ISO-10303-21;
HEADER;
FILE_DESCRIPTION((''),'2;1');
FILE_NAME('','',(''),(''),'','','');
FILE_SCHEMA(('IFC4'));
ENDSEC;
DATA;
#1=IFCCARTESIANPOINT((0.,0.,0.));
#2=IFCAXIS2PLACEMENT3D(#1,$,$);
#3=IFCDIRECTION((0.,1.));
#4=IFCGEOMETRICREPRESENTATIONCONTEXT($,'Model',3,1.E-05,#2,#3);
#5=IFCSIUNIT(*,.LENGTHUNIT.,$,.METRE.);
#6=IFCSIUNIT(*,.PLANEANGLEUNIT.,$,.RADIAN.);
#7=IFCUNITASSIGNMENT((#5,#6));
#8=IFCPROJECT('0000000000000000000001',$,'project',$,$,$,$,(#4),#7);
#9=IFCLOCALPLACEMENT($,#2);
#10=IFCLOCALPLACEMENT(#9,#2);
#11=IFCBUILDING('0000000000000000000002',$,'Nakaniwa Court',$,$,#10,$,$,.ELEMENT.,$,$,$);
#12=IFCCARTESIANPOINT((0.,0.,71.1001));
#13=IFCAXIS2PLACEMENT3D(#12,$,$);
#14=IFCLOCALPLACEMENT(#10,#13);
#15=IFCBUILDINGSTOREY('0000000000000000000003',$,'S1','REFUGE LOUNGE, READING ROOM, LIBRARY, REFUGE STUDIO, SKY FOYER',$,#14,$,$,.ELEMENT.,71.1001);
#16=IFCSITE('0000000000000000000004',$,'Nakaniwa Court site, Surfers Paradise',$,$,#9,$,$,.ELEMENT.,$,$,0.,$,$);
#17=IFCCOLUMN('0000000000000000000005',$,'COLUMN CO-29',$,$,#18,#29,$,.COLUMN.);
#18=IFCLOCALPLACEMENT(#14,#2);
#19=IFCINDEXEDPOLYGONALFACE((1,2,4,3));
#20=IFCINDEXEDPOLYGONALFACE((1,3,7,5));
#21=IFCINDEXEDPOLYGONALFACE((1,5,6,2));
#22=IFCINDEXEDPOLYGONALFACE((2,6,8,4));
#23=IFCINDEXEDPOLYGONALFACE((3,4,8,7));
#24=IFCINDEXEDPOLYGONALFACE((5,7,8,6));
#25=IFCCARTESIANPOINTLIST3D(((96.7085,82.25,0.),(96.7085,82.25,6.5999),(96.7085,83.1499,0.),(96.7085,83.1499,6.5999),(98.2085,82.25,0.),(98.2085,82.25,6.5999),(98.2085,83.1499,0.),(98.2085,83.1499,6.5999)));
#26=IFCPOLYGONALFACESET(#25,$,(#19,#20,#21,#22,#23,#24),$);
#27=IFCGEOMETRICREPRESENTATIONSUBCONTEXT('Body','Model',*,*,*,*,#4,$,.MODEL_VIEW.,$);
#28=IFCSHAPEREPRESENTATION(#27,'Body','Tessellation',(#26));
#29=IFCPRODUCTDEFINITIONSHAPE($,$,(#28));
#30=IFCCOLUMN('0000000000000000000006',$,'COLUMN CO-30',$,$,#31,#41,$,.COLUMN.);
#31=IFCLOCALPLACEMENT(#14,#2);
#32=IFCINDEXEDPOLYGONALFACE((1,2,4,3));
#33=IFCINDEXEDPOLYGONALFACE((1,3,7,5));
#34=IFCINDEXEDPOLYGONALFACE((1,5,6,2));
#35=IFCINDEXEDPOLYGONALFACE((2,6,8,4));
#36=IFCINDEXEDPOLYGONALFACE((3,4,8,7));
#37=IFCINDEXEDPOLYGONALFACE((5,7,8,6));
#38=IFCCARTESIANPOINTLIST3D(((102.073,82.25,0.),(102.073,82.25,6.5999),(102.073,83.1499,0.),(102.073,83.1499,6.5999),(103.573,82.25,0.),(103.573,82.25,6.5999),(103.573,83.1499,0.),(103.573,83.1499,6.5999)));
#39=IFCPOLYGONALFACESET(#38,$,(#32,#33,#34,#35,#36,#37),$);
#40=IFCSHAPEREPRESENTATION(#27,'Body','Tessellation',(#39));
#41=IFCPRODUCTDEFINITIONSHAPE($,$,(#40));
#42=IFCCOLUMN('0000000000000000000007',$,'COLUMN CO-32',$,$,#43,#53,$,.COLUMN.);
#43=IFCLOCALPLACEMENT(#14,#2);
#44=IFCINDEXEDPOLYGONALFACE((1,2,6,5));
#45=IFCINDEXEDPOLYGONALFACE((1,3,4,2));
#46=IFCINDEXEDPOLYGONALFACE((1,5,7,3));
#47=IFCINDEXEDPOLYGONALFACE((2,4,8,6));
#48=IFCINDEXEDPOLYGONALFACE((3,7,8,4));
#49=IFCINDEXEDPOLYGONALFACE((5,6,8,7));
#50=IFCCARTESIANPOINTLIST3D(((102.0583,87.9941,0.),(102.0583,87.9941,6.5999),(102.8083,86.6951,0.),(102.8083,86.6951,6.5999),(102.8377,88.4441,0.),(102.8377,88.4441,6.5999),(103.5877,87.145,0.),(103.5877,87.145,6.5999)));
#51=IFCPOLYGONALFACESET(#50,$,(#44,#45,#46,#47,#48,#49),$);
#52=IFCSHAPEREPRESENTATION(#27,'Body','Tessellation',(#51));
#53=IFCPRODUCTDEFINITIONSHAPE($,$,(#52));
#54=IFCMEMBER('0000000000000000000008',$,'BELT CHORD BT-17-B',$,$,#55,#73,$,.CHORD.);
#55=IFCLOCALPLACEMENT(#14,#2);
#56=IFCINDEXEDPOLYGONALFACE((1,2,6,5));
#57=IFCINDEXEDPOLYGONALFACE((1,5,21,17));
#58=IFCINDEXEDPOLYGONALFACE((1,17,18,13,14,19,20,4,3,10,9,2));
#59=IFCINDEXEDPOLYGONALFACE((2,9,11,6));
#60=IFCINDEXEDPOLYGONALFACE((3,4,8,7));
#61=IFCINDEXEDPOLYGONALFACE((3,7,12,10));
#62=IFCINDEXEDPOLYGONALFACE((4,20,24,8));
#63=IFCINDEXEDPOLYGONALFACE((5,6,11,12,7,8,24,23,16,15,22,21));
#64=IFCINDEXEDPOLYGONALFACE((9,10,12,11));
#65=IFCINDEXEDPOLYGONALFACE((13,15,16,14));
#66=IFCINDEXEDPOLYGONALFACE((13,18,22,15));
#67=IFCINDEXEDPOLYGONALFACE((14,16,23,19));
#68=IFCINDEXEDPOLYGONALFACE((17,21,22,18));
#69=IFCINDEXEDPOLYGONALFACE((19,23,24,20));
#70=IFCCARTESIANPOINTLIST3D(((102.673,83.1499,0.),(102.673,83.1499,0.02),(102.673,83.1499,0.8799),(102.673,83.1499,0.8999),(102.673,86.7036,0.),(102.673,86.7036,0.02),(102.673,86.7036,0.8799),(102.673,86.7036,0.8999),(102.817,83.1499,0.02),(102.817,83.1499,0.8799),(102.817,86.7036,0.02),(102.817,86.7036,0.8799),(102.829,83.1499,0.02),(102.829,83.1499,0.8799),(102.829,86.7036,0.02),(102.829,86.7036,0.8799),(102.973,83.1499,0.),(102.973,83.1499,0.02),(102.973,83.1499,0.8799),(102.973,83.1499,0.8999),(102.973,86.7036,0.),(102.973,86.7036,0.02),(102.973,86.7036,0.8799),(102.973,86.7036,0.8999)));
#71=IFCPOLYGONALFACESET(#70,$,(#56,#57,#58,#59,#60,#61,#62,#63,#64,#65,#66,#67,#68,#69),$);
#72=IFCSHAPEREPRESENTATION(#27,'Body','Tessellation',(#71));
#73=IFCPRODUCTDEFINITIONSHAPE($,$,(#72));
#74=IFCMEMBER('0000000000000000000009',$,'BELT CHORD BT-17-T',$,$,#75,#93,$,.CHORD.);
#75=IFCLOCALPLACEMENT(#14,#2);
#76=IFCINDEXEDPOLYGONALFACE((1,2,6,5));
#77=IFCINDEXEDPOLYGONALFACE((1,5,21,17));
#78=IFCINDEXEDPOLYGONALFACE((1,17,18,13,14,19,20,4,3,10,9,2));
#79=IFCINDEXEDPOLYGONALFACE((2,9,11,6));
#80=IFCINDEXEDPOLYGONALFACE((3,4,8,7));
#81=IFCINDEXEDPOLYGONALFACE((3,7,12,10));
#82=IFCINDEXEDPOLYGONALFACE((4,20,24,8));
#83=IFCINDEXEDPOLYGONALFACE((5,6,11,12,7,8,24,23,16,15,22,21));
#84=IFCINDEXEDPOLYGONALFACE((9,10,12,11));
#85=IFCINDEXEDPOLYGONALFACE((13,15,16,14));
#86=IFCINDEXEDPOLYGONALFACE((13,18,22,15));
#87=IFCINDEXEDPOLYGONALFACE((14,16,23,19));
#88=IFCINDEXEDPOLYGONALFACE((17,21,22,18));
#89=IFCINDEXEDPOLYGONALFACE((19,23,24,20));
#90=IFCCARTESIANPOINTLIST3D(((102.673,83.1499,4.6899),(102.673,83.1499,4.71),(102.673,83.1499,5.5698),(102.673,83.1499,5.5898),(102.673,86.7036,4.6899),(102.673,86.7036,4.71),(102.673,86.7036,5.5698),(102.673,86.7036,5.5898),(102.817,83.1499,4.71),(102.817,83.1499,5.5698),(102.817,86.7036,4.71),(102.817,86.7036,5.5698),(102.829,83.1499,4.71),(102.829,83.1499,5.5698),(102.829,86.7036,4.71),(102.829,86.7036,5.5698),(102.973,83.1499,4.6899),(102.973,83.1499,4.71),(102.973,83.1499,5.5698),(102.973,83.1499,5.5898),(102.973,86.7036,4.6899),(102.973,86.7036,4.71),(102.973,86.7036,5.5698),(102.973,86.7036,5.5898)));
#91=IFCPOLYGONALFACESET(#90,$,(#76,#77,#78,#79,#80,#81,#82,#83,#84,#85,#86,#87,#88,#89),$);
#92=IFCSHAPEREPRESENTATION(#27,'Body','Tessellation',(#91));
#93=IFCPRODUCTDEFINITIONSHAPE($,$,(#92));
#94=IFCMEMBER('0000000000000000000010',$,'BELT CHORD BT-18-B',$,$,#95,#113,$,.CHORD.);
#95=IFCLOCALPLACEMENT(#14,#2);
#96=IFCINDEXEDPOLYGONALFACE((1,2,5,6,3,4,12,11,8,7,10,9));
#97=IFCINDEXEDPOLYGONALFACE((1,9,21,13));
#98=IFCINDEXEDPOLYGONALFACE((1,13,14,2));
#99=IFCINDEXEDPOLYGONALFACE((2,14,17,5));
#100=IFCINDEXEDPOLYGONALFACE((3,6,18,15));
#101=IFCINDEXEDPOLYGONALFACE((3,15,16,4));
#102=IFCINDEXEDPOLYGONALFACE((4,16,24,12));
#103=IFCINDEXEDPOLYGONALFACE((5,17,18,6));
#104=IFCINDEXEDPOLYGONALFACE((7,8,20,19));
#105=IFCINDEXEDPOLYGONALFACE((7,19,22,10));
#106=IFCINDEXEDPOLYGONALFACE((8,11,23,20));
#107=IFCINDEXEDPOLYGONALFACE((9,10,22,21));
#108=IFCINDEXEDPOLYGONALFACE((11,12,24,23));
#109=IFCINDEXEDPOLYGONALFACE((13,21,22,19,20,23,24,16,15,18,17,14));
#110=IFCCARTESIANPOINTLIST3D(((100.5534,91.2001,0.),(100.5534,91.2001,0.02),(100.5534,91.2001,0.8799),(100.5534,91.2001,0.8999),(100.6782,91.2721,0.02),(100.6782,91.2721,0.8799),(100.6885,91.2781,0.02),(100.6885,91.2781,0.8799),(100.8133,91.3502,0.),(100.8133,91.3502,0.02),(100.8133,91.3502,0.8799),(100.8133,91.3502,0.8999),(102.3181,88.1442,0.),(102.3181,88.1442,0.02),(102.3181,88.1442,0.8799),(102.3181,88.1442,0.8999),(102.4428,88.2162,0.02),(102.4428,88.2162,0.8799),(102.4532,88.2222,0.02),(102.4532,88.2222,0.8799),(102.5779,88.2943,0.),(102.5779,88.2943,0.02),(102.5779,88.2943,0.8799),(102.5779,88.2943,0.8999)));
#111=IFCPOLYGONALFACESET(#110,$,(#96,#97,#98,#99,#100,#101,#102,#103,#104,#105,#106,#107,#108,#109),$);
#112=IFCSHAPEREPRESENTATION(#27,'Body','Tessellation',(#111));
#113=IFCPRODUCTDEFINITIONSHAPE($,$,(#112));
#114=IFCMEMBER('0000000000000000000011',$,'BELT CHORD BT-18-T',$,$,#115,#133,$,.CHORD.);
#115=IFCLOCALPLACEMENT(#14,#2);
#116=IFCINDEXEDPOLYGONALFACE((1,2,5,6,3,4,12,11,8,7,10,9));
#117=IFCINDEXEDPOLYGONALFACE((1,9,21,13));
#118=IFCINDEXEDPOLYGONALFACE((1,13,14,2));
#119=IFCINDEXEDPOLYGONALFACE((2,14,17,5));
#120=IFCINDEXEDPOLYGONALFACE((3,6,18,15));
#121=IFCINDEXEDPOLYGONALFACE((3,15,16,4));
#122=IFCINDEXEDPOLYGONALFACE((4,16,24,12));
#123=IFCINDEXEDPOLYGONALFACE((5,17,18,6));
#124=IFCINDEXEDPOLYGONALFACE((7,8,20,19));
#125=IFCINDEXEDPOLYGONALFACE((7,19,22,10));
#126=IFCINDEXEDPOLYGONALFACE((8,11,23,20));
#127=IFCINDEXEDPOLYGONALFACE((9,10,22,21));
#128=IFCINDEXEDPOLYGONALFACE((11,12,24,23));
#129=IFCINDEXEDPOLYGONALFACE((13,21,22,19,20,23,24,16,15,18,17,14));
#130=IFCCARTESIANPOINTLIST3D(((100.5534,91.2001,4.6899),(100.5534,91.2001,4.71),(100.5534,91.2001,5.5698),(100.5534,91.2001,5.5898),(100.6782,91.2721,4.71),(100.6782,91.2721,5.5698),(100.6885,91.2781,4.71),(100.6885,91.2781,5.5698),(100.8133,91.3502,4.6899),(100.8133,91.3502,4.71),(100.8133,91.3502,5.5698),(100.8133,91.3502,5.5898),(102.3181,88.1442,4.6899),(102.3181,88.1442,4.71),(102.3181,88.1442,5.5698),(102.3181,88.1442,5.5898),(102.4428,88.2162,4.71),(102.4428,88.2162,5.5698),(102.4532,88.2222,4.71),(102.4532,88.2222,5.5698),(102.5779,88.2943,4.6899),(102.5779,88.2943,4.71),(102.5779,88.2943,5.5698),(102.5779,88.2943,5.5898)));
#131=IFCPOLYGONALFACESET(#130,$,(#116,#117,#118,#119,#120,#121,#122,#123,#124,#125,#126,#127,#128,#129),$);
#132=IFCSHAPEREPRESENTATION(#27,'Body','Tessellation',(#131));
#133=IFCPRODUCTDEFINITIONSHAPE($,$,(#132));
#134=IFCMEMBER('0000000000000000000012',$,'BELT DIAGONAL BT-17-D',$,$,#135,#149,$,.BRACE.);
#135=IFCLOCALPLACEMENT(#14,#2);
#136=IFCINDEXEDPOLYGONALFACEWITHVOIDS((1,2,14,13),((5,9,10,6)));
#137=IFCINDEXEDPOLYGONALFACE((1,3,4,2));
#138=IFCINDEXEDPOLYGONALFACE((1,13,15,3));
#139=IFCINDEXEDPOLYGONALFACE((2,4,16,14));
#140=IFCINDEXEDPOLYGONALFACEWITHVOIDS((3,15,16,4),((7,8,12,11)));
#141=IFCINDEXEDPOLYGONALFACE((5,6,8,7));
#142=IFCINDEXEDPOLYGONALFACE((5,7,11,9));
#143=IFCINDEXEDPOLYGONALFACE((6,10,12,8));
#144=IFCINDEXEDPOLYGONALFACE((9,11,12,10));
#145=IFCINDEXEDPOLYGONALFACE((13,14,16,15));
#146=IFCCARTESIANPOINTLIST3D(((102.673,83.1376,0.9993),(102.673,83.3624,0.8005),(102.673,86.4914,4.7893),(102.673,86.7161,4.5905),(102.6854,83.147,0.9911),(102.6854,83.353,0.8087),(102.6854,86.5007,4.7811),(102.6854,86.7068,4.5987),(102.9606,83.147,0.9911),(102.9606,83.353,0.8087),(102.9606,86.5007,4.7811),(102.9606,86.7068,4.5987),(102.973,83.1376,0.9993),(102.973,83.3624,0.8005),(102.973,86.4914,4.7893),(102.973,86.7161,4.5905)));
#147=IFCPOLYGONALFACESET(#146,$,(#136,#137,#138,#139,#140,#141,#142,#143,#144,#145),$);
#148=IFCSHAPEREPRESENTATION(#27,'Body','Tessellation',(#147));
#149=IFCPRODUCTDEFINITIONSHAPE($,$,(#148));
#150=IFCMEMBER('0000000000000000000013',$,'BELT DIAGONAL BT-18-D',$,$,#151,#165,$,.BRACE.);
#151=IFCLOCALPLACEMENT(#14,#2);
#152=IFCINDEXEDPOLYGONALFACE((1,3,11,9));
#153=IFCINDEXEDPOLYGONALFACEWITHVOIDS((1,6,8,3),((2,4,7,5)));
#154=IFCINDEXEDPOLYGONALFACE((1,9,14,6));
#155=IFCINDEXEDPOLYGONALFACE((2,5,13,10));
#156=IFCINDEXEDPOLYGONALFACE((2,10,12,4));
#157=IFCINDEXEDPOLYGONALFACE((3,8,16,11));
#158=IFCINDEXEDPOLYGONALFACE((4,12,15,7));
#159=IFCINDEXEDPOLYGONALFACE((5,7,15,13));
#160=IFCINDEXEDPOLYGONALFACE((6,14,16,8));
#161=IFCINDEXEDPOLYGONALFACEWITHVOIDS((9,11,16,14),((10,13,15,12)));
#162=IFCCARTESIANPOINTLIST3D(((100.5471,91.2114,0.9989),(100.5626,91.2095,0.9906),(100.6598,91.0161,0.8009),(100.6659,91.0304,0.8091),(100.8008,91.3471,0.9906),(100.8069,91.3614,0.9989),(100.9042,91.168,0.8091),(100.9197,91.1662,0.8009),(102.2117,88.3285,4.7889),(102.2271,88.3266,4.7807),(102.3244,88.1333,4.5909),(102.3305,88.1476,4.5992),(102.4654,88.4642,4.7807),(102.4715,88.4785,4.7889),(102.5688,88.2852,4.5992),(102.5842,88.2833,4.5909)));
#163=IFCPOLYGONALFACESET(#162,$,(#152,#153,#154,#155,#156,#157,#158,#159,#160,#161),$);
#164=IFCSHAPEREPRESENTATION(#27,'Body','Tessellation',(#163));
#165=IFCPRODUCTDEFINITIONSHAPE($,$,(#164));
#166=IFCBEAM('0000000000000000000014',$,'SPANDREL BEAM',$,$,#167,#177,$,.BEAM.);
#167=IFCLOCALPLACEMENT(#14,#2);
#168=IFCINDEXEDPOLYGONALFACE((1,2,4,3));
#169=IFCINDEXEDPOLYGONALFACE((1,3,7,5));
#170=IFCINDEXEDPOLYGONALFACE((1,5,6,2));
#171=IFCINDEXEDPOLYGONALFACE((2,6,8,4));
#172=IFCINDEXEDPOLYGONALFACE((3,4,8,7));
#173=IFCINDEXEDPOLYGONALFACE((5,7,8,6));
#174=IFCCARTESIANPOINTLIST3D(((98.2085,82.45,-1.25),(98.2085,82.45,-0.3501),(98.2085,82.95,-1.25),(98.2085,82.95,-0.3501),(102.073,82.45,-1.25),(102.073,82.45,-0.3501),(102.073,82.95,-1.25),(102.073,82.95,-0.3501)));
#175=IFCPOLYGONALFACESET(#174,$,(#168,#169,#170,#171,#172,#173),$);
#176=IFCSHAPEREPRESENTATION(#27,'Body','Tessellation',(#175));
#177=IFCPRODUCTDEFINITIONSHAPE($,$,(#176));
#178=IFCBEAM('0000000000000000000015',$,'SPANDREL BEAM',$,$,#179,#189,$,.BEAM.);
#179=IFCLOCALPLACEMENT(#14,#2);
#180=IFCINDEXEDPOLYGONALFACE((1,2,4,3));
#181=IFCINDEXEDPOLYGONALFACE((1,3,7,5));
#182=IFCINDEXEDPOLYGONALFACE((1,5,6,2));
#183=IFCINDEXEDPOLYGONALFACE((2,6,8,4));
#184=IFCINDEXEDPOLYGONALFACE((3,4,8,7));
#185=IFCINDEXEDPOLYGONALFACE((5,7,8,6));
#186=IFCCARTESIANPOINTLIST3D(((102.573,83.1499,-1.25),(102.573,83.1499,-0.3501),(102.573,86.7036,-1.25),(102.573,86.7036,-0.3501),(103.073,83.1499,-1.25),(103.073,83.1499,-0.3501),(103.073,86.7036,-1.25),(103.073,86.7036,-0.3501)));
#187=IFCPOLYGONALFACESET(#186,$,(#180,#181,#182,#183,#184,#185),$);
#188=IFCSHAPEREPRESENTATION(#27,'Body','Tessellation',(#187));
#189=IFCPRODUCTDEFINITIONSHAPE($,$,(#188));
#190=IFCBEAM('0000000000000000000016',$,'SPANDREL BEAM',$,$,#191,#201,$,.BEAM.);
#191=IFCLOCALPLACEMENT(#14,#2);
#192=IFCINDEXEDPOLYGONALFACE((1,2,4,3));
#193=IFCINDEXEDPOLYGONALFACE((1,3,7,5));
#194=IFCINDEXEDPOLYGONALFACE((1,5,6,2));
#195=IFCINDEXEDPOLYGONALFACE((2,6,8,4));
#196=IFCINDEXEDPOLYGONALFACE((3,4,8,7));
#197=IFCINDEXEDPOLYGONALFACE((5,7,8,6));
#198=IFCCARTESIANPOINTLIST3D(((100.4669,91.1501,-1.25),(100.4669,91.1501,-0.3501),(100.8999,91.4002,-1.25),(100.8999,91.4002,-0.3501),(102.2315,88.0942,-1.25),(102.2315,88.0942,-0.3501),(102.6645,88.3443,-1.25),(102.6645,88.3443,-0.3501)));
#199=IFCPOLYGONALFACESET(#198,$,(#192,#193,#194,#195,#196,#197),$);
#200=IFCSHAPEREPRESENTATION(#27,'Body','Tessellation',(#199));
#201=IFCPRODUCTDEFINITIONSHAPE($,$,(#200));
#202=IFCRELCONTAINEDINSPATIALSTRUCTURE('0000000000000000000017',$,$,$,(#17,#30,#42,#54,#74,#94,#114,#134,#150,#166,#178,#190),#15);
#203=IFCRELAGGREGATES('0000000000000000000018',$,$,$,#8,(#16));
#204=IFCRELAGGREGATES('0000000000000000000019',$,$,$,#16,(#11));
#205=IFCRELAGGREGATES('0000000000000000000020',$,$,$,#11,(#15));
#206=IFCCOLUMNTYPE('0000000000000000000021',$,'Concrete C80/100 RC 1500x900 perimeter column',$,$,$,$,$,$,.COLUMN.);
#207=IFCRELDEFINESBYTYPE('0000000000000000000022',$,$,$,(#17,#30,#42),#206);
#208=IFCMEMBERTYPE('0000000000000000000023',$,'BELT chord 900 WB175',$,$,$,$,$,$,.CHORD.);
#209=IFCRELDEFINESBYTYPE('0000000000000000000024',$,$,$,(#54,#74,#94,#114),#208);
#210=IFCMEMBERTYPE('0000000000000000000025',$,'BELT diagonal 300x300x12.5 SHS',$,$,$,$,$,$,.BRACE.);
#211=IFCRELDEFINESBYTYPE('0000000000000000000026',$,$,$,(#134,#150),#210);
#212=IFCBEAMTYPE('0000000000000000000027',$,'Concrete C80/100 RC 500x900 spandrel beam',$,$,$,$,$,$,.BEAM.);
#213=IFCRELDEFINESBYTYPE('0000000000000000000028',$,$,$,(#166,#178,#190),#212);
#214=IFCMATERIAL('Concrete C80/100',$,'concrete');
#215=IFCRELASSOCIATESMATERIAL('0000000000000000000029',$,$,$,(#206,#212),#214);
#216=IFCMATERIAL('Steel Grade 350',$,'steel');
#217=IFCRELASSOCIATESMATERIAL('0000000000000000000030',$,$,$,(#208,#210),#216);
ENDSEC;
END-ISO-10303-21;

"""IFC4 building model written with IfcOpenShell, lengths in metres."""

from ifc_helpers import new_model, si_unit, direction, frame, origin, origin_2d, place, context, subcontext, project, spatial, rectangle, hollow_rectangle, i_section, extrude, material, material_profile, profile_set, type_object, element, save


model = new_model("IFC4")

# Units and contexts
model_context = context("Model", 3, precision=1e-05, world=origin(), true_north=direction((0.0, 1.0)))
body_context = subcontext(model_context, "Body", "Model", "MODEL_VIEW")
ifc_project = project(units=[si_unit("LENGTHUNIT", "METRE"), si_unit("PLANEANGLEUNIT", "RADIAN")], contexts=[model_context])

# Site, building, storey
site_placement = place(None, origin())
site = spatial("IfcSite", under=ifc_project, at=site_placement, Name="Nakaniwa Court site, Surfers Paradise", CompositionType="ELEMENT", RefElevation=0.0)
building_placement = place(site_placement, origin())
building = spatial("IfcBuilding", under=site, at=building_placement, Name="Nakaniwa Court", CompositionType="ELEMENT")
storey_placement = place(building_placement, frame((0.0, 0.0, 71.1001)))
storey = spatial("IfcBuildingStorey", under=building, at=storey_placement, Name="S1", Description="REFUGE LOUNGE, READING ROOM, LIBRARY, REFUGE STUDIO, SKY FOYER", CompositionType="ELEMENT", Elevation=71.1001)

# Columns
ifc_material_1 = material(Name="Concrete C80/100", Category="concrete")
ifc_material_profile_1 = material_profile(ifc_material_1, rectangle(XDim=1.5, YDim=0.8999, at=origin_2d()), Name="Concrete C80/100 RC 1500x900 perimeter column")
ifc_profile_set_1 = profile_set([ifc_material_profile_1], Name="Concrete C80/100")
column_type = type_object("IfcColumnType", Name="Concrete C80/100 RC 1500x900 perimeter column", PredefinedType="COLUMN", material=ifc_profile_set_1)
for number, where, z_axis, x_axis, name in (
    (1, (97.4585, 82.7, 0.0), (0.0, 0.0, 1.0), (1.0, 0.0, 0.0), "COLUMN CO-29"),
    (2, (102.823, 82.7, 0.0), (0.0, 0.0, 1.0), (1.0, 0.0, 0.0), "COLUMN CO-30"),
    (3, (102.823, 87.5696, 0.0), (0.0, 0.0, 1.0), (-0.5, 0.866025, 0.0), "COLUMN CO-32"),
):
    element("IfcColumn", number, at=place(storey_placement, frame(where, z_axis=z_axis, x_axis=x_axis)), inside=storey, type_object=column_type, Name=name, PredefinedType="COLUMN", context=body_context, shape_type="SweptSolid", body=[
        extrude(rectangle(XDim=1.5, YDim=0.8999, at=origin_2d()), origin(), (0.0, 0.0, 1.0), 6.5999),
    ])

# Members
ifc_material_2 = material(Name="Steel Grade 350", Category="steel")
ifc_material_profile_2 = material_profile(ifc_material_2, i_section(OverallWidth=0.3, OverallDepth=0.8999, WebThickness=0.012, FlangeThickness=0.02, at=origin_2d()), Name="900WB175")
ifc_profile_set_2 = profile_set([ifc_material_profile_2], Name="Steel Grade 350")
member_type_1 = type_object("IfcMemberType", Name="BELT chord 900 WB175", PredefinedType="CHORD", material=ifc_profile_set_2)
for number, where, z_axis, x_axis, name in (
    (4, (102.823, 83.1499, 0.45), (0.0, 1.0, 0.0), (-1.0, 0.0, 0.0), "BELT CHORD BT-17-B"),
    (5, (102.823, 83.1499, 5.1399), (0.0, 1.0, 0.0), (-1.0, 0.0, 0.0), "BELT CHORD BT-17-T"),
):
    element("IfcMember", number, at=place(storey_placement, frame(where, z_axis=z_axis, x_axis=x_axis)), inside=storey, type_object=member_type_1, Name=name, PredefinedType="CHORD", context=body_context, shape_type="SweptSolid", body=[
        extrude(i_section(OverallWidth=0.3, OverallDepth=0.8999, WebThickness=0.012, FlangeThickness=0.02, at=origin_2d()), origin(), (0.0, 0.0, 1.0), 3.5537),
    ])
for number, where, z_axis, x_axis, name in (
    (6, (102.448, 88.2192, 0.45), (-0.500068, 0.865986, 0.0), (-0.865986, -0.500068, 0.0), "BELT CHORD BT-18-B"),
    (7, (102.448, 88.2192, 5.1399), (-0.500068, 0.865986, 0.0), (-0.865986, -0.500068, 0.0), "BELT CHORD BT-18-T"),
):
    element("IfcMember", number, at=place(storey_placement, frame(where, z_axis=z_axis, x_axis=x_axis)), inside=storey, type_object=member_type_1, Name=name, PredefinedType="CHORD", context=body_context, shape_type="SweptSolid", body=[
        extrude(i_section(OverallWidth=0.3, OverallDepth=0.8999, WebThickness=0.012, FlangeThickness=0.02, at=origin_2d()), origin(), (0.0, 0.0, 1.0), 3.5288),
    ])
ifc_material_profile_3 = material_profile(ifc_material_2, hollow_rectangle(XDim=0.3, YDim=0.3, WallThickness=0.0125, at=origin_2d()), Name="BELT diagonal 300x300x12.5 SHS")
ifc_profile_set_3 = profile_set([ifc_material_profile_3], Name="Steel Grade 350")
member_type_2 = type_object("IfcMemberType", Name="BELT diagonal 300x300x12.5 SHS", PredefinedType="BRACE", material=ifc_profile_set_3)
member_1_placement = place(storey_placement, frame((102.823, 83.25, 0.8999), z_axis=(0.0, 0.662688, 0.748895), x_axis=(-1.0, 0.0, 0.0)))
element("IfcMember", 8, at=member_1_placement, inside=storey, type_object=member_type_2, Name="BELT DIAGONAL BT-17-D", PredefinedType="BRACE", context=body_context, shape_type="SweptSolid", body=[
    extrude(hollow_rectangle(XDim=0.3, YDim=0.3, WallThickness=0.0125, at=origin_2d()), origin(), (0.0, 0.0, 1.0), 5.0608),
])
member_2_placement = place(storey_placement, frame((102.3979, 88.3059, 4.6899), z_axis=(-0.329981, 0.57149, -0.751339), x_axis=(-0.866005, -0.500036, 0.0)))
element("IfcMember", 9, at=member_2_placement, inside=storey, type_object=member_type_2, Name="BELT DIAGONAL BT-18-D", PredefinedType="BRACE", context=body_context, shape_type="SweptSolid", body=[
    extrude(hollow_rectangle(XDim=0.3, YDim=0.3, WallThickness=0.0125, at=origin_2d()), origin(), (0.0, 0.0, 1.0), 5.0444),
])

# Beams
ifc_material_profile_4 = material_profile(ifc_material_1, rectangle(XDim=0.5, YDim=0.8999, at=origin_2d()), Name="Concrete C80/100 RC 500x900 spandrel beam")
ifc_profile_set_4 = profile_set([ifc_material_profile_4], Name="Concrete C80/100")
beam_type = type_object("IfcBeamType", Name="Concrete C80/100 RC 500x900 spandrel beam", PredefinedType="BEAM", material=ifc_profile_set_4)
beam_1_placement = place(storey_placement, frame((98.2085, 82.7, -0.8), z_axis=(1.0, 0.0, 0.0), x_axis=(0.0, 1.0, 0.0)))
element("IfcBeam", 10, at=beam_1_placement, inside=storey, type_object=beam_type, Name="SPANDREL BEAM", PredefinedType="BEAM", context=body_context, shape_type="SweptSolid", body=[
    extrude(rectangle(XDim=0.5, YDim=0.8999, at=origin_2d()), origin(), (0.0, 0.0, 1.0), 3.8645),
])
beam_2_placement = place(storey_placement, frame((102.823, 83.1499, -0.8), z_axis=(0.0, 1.0, 0.0), x_axis=(-1.0, 0.0, 0.0)))
element("IfcBeam", 11, at=beam_2_placement, inside=storey, type_object=beam_type, Name="SPANDREL BEAM", PredefinedType="BEAM", context=body_context, shape_type="SweptSolid", body=[
    extrude(rectangle(XDim=0.5, YDim=0.8999, at=origin_2d()), origin(), (0.0, 0.0, 1.0), 3.5537),
])
beam_3_placement = place(storey_placement, frame((102.448, 88.2192, -0.8), z_axis=(-0.500068, 0.865986, 0.0), x_axis=(-0.865986, -0.500068, 0.0)))
element("IfcBeam", 12, at=beam_3_placement, inside=storey, type_object=beam_type, Name="SPANDREL BEAM", PredefinedType="BEAM", context=body_context, shape_type="SweptSolid", body=[
    extrude(rectangle(XDim=0.5, YDim=0.8999, at=origin_2d()), origin(), (0.0, 0.0, 1.0), 3.5288),
])

save(model, "model.ifc")
